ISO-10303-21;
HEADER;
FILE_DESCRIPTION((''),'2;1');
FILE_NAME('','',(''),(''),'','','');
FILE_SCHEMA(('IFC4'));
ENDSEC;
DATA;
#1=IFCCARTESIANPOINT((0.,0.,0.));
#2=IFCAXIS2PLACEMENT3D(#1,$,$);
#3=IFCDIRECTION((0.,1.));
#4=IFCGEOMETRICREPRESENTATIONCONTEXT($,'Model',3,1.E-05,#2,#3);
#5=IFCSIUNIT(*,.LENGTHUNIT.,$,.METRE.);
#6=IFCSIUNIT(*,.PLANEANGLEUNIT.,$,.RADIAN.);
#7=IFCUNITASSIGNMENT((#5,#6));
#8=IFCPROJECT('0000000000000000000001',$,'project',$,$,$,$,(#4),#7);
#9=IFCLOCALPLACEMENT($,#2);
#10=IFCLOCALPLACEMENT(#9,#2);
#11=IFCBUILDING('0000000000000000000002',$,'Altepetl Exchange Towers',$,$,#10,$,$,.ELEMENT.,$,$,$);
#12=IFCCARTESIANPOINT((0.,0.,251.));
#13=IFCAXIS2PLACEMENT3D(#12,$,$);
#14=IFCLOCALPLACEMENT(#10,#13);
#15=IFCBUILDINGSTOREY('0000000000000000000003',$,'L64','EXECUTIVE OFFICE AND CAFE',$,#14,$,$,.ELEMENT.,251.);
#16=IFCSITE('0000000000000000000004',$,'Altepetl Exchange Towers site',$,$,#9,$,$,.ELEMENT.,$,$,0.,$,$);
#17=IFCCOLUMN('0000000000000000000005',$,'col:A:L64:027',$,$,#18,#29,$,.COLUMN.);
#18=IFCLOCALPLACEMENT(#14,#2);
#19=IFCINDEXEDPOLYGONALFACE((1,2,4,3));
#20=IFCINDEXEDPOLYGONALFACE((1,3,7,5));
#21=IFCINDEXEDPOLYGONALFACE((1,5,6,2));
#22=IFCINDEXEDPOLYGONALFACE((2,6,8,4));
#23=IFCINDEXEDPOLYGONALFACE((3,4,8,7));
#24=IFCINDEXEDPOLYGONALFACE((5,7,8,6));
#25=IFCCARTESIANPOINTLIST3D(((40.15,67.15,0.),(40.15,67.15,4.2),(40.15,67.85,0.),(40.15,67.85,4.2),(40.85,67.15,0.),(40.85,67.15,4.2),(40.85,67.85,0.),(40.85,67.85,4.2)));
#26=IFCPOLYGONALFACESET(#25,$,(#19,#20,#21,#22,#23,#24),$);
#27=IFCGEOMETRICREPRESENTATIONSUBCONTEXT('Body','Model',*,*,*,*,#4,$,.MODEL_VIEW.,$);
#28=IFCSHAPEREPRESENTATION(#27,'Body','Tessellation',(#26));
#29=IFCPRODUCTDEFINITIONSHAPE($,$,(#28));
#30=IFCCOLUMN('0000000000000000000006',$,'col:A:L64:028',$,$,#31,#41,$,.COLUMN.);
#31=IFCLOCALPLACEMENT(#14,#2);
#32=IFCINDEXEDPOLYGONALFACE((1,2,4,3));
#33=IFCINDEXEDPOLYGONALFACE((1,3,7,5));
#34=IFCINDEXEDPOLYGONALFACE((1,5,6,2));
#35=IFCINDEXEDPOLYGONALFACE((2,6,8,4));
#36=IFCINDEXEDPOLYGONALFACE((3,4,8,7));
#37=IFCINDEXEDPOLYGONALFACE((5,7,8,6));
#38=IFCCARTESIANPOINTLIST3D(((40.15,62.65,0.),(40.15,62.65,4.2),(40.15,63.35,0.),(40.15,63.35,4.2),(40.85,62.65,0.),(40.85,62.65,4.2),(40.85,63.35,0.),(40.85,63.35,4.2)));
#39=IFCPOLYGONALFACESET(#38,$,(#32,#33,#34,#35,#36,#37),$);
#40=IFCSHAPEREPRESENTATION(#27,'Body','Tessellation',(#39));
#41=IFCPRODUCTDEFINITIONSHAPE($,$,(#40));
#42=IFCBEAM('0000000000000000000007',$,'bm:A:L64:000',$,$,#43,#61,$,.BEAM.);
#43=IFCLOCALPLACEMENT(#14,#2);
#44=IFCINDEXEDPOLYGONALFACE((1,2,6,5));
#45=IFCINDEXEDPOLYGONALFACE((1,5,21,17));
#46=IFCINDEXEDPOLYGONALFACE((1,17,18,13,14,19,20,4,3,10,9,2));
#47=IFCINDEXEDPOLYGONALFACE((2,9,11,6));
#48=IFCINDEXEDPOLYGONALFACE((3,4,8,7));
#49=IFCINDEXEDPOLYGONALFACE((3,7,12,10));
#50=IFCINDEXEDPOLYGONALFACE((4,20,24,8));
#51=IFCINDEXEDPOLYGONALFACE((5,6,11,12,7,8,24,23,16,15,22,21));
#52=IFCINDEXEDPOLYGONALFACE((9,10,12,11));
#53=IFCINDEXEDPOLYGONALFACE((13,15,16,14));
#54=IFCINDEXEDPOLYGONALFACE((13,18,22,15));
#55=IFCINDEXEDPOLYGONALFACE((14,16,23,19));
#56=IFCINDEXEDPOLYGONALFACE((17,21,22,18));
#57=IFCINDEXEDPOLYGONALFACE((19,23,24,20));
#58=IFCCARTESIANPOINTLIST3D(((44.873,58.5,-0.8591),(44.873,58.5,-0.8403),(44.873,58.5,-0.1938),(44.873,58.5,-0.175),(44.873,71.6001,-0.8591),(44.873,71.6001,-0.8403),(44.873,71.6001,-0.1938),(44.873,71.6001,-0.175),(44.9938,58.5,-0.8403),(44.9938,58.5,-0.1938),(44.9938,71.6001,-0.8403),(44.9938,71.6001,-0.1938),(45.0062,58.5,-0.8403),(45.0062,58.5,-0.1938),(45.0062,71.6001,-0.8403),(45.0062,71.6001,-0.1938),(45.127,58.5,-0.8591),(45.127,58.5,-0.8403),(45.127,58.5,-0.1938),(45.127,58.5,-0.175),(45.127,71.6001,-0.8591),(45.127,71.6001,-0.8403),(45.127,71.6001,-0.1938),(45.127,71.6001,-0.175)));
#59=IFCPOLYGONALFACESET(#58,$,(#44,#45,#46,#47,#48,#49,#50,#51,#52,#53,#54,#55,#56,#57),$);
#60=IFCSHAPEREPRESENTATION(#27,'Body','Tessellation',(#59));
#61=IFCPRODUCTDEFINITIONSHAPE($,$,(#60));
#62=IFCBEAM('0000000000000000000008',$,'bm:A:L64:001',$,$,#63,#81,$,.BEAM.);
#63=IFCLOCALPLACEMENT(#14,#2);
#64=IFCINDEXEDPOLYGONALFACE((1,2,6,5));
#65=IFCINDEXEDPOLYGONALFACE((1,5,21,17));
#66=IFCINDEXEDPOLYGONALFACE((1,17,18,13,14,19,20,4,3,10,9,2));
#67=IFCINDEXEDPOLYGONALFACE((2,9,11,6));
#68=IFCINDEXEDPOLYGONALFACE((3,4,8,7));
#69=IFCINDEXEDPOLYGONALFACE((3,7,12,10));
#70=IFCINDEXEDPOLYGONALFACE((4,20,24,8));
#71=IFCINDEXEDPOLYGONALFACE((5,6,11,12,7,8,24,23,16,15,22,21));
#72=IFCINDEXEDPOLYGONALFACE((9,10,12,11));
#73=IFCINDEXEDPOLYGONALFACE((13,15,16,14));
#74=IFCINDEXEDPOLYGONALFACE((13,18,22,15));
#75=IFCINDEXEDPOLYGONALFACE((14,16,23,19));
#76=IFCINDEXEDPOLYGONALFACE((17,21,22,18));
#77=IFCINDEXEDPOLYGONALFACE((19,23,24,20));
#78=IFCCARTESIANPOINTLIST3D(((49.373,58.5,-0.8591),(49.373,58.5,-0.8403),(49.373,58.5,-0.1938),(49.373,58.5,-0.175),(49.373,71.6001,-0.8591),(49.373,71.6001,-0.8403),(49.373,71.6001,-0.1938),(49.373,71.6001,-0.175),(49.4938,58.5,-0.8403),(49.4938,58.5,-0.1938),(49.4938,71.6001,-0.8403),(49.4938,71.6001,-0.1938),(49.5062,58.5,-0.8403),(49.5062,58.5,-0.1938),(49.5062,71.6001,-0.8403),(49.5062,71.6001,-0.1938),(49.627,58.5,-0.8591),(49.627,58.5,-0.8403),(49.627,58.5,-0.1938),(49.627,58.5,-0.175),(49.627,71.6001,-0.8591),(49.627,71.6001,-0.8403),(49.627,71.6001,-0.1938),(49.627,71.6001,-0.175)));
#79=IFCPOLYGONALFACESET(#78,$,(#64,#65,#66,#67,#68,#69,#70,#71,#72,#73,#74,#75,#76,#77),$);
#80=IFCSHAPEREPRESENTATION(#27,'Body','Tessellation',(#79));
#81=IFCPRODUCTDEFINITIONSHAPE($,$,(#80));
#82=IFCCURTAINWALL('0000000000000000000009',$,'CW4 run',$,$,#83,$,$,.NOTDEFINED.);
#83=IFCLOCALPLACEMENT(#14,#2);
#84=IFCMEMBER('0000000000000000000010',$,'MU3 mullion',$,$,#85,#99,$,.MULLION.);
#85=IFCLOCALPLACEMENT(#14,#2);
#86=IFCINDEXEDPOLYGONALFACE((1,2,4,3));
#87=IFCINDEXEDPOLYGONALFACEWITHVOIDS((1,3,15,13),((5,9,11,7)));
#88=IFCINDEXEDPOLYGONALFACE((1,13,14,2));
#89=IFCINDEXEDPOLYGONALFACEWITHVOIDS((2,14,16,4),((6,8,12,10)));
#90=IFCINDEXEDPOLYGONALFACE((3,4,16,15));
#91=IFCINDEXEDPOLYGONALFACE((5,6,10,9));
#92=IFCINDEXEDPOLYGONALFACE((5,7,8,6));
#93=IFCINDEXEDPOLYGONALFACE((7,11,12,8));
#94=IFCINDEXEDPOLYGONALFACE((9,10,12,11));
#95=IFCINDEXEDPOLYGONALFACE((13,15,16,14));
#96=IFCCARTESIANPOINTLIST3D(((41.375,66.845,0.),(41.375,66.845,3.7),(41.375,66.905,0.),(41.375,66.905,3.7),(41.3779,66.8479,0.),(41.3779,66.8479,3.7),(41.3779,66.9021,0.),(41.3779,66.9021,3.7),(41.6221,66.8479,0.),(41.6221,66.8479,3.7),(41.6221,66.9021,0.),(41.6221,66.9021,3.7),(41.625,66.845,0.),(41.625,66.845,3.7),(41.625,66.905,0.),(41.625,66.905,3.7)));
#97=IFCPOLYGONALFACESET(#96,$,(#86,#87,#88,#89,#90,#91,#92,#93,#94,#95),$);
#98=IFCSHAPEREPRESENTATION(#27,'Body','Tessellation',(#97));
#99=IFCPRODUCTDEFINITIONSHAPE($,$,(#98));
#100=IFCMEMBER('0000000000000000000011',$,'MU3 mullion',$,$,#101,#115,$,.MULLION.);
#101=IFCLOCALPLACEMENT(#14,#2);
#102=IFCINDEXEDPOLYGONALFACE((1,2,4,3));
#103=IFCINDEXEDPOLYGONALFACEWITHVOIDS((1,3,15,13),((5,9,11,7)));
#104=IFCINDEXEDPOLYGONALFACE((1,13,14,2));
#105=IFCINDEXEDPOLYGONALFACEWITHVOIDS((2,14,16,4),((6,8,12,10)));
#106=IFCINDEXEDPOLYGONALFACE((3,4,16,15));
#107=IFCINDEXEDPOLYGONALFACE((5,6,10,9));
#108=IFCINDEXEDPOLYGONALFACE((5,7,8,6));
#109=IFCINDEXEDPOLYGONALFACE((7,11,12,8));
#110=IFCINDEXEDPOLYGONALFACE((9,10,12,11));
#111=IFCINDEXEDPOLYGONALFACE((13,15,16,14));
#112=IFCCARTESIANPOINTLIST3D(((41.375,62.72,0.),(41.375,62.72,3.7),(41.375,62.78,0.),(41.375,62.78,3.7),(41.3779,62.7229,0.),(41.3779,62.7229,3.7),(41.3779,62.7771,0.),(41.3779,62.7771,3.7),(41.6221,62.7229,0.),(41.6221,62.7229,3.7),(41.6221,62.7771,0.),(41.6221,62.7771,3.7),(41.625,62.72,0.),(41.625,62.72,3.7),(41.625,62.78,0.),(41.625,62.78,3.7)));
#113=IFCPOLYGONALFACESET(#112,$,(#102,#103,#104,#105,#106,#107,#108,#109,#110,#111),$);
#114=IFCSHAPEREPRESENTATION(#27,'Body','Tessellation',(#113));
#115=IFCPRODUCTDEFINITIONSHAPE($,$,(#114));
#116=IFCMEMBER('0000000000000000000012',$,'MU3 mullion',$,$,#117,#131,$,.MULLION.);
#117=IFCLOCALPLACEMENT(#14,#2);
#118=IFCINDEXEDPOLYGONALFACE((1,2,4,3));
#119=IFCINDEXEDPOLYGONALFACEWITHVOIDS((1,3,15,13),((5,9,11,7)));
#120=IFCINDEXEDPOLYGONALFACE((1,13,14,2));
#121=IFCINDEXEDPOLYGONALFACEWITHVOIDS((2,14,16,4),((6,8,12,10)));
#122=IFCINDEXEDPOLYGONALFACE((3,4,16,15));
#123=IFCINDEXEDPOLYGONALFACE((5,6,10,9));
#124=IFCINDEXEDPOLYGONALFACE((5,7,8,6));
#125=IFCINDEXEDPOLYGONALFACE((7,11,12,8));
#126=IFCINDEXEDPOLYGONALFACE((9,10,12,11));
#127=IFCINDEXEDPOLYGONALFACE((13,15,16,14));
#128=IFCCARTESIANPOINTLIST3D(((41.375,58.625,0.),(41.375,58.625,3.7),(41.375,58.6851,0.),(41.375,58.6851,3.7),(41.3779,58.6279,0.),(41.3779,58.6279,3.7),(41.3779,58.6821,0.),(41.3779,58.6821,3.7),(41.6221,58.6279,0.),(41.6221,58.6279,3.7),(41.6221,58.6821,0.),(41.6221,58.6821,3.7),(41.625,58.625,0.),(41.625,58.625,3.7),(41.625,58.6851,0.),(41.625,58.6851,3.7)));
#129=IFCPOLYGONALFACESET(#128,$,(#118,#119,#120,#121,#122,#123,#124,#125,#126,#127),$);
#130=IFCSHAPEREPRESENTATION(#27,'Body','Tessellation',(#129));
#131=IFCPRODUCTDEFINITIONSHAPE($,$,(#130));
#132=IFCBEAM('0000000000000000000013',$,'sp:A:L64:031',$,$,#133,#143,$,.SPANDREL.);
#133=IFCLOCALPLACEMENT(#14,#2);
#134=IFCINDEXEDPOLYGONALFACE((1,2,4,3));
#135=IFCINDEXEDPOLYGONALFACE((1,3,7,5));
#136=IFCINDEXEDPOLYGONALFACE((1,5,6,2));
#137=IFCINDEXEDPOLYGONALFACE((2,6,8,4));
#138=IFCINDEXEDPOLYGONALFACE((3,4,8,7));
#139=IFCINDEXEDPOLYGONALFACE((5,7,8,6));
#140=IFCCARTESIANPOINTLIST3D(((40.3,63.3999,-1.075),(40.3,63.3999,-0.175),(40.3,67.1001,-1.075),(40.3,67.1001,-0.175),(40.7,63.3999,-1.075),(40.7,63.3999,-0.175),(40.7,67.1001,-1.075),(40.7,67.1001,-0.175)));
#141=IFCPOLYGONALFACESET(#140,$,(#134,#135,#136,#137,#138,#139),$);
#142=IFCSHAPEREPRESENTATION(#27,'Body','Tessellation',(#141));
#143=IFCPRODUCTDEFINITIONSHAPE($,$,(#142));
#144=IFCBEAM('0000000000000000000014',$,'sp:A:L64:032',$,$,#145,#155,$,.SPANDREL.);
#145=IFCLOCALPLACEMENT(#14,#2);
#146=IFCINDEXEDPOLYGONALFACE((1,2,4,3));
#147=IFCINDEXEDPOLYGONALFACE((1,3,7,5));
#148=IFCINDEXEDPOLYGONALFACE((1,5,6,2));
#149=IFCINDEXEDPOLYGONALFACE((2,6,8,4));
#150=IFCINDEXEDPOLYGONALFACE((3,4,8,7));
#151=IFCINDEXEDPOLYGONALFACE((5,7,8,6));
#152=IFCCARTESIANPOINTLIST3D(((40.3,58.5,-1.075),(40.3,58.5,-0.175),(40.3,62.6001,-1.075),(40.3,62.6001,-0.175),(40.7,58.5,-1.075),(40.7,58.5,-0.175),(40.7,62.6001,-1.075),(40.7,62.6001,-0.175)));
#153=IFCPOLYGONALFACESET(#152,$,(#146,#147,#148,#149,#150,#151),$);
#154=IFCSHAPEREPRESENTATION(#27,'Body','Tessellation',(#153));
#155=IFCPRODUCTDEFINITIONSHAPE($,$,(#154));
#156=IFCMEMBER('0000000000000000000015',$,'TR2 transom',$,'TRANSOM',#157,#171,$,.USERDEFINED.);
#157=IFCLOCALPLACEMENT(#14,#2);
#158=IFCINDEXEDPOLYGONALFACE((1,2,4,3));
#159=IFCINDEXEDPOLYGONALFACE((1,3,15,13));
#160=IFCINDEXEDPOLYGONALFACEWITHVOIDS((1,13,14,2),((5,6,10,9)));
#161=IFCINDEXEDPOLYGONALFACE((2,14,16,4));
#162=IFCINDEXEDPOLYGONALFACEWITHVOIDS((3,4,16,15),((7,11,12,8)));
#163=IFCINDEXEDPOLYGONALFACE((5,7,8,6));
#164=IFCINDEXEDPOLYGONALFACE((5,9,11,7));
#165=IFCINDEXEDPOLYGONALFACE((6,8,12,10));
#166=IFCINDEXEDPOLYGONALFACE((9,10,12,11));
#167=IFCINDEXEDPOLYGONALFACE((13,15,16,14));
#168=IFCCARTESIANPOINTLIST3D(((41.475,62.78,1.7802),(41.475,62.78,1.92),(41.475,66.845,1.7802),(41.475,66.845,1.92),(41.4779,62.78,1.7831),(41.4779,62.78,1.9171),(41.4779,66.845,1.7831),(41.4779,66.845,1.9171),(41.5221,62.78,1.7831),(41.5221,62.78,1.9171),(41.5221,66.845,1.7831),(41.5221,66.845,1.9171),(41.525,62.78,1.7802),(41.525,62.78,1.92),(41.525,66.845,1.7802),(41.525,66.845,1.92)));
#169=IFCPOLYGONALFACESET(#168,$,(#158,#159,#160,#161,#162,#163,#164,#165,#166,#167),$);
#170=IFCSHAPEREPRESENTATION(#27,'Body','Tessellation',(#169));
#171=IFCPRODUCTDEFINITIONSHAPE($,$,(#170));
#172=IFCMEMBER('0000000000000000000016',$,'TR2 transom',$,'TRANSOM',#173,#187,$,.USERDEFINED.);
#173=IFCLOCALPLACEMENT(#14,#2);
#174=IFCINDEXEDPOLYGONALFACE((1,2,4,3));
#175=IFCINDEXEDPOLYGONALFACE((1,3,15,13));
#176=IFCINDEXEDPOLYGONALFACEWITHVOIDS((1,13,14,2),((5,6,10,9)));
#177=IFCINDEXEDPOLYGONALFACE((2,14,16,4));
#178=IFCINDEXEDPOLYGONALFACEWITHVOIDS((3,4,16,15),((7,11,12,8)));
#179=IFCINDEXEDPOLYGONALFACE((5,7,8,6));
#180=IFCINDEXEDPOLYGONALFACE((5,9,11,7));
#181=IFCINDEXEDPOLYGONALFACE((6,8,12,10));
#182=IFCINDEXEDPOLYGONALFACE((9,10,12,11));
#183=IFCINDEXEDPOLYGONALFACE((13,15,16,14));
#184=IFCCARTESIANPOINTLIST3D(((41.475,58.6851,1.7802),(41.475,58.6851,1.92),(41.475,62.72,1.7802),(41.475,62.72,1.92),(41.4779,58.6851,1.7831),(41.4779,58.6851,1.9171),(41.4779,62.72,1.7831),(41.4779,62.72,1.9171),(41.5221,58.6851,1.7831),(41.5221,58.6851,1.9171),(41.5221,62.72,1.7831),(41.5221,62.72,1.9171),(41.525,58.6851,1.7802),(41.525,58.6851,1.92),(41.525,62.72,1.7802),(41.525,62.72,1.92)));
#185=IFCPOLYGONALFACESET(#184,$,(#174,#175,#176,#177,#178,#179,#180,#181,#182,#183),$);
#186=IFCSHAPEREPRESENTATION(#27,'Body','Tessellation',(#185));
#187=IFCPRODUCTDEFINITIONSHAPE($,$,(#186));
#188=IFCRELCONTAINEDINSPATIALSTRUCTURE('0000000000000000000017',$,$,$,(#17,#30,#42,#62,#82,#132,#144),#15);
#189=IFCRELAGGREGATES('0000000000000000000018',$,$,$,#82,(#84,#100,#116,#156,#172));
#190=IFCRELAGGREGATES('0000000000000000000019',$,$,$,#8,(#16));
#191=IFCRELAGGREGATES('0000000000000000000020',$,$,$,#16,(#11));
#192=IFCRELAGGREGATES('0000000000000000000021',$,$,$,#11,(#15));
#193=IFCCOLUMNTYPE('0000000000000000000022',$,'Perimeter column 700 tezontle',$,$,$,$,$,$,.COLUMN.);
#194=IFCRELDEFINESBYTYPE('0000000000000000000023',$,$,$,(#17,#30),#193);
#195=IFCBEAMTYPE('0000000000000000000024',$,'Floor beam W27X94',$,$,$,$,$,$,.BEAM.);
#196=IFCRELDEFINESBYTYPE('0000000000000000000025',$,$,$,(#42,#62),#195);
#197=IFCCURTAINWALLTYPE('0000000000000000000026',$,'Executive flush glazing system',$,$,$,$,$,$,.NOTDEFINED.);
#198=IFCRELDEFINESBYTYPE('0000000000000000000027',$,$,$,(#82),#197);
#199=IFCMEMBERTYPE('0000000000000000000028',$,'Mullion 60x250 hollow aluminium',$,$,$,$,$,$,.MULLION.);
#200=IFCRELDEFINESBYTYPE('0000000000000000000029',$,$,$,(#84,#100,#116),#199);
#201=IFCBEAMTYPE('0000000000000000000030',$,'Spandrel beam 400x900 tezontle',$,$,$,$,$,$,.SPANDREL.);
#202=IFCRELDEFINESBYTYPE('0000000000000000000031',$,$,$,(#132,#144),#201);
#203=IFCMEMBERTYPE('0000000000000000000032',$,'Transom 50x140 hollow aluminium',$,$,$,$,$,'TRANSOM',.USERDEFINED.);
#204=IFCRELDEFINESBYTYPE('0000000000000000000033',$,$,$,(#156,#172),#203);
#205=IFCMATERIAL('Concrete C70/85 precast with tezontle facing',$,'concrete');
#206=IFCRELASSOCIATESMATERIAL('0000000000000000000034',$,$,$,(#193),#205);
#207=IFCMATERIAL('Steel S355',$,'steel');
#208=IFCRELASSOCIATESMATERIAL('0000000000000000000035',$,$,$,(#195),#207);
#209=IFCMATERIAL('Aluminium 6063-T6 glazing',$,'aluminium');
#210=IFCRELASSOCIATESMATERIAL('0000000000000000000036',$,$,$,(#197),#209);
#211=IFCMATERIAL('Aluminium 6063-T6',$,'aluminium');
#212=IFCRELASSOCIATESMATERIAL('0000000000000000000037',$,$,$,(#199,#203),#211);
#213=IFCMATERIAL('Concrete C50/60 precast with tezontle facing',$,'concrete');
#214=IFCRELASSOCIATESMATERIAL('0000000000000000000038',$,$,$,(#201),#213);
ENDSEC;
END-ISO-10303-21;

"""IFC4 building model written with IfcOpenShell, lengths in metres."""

from ifc_helpers import new_model, si_unit, direction, frame, origin, origin_2d, place, context, subcontext, project, spatial, rectangle, hollow_rectangle, i_section, extrude, material, material_profile, profile_set, type_object, element, aggregate, save


model = new_model("IFC4")

# Units and contexts
model_context = context("Model", 3, precision=1e-05, world=origin(), true_north=direction((0.0, 1.0)))
body_context = subcontext(model_context, "Body", "Model", "MODEL_VIEW")
ifc_project = project(units=[si_unit("LENGTHUNIT", "METRE"), si_unit("PLANEANGLEUNIT", "RADIAN")], contexts=[model_context])

# Site, building, storey
site_placement = place(None, origin())
site = spatial("IfcSite", under=ifc_project, at=site_placement, Name="Altepetl Exchange Towers site", CompositionType="ELEMENT", RefElevation=0.0)
building_placement = place(site_placement, origin())
building = spatial("IfcBuilding", under=site, at=building_placement, Name="Altepetl Exchange Towers", CompositionType="ELEMENT")
storey_placement = place(building_placement, frame((0.0, 0.0, 251.0)))
storey = spatial("IfcBuildingStorey", under=building, at=storey_placement, Name="L64", Description="EXECUTIVE OFFICE AND CAFE", CompositionType="ELEMENT", Elevation=251.0)

# Columns
ifc_material_1 = material(Name="Concrete C70/85 precast with tezontle facing", Category="concrete")
ifc_material_profile_1 = material_profile(ifc_material_1, rectangle(XDim=0.7, YDim=0.7, at=origin_2d()), Name="700 x 700")
ifc_profile_set_1 = profile_set([ifc_material_profile_1], Name="Concrete C70/85 precast with tezontle facing")
column_type = type_object("IfcColumnType", Name="Perimeter column 700 tezontle", PredefinedType="COLUMN", material=ifc_profile_set_1)
for number, where, name in (
    (1, (40.5, 67.5, 0.0), "col:A:L64:027"),
    (2, (40.5, 63.0, 0.0), "col:A:L64:028"),
):
    element("IfcColumn", number, at=place(storey_placement, frame(where)), inside=storey, type_object=column_type, Name=name, PredefinedType="COLUMN", context=body_context, shape_type="SweptSolid", body=[
        extrude(rectangle(XDim=0.7, YDim=0.7, at=origin_2d()), origin(), (0.0, 0.0, 1.0), 4.2),
    ])

# Beams
ifc_material_2 = material(Name="Steel S355", Category="steel")
ifc_material_profile_2 = material_profile(ifc_material_2, i_section(OverallWidth=0.2539, OverallDepth=0.6841, WebThickness=0.0125, FlangeThickness=0.0188, at=origin_2d()), Name="W27X94")
ifc_profile_set_2 = profile_set([ifc_material_profile_2], Name="Steel S355")
beam_type_1 = type_object("IfcBeamType", Name="Floor beam W27X94", PredefinedType="BEAM", material=ifc_profile_set_2)
for number, where, z_axis, x_axis, name in (
    (3, (45.0, 58.5, -0.5171), (0.0, 1.0, 0.0), (-1.0, 0.0, 0.0), "bm:A:L64:000"),
    (4, (49.5, 58.5, -0.5171), (0.0, 1.0, 0.0), (-1.0, 0.0, 0.0), "bm:A:L64:001"),
):
    element("IfcBeam", number, at=place(storey_placement, frame(where, z_axis=z_axis, x_axis=x_axis)), inside=storey, type_object=beam_type_1, Name=name, PredefinedType="BEAM", context=body_context, shape_type="SweptSolid", body=[
        extrude(i_section(OverallWidth=0.2539, OverallDepth=0.6841, WebThickness=0.0125, FlangeThickness=0.0188, at=origin_2d()), origin(), (0.0, 0.0, 1.0), 13.1001),
    ])

# Curtain wall, members
ifc_material_3 = material(Name="Aluminium 6063-T6 glazing", Category="aluminium")
curtain_wall_type = type_object("IfcCurtainWallType", Name="Executive flush glazing system", PredefinedType="NOTDEFINED", material=ifc_material_3)
curtain_wall_placement = place(storey_placement, origin())
curtain_wall = element("IfcCurtainWall", 5, at=curtain_wall_placement, inside=storey, type_object=curtain_wall_type, Name="CW4 run", PredefinedType="NOTDEFINED")
ifc_material_4 = material(Name="Aluminium 6063-T6", Category="aluminium")
ifc_material_profile_3 = material_profile(ifc_material_4, hollow_rectangle(XDim=0.0601, YDim=0.25, WallThickness=0.0029, at=origin_2d()), Name="Mullion 60x250 hollow aluminium")
ifc_profile_set_3 = profile_set([ifc_material_profile_3], Name="Aluminium 6063-T6")
member_type_1 = type_object("IfcMemberType", Name="Mullion 60x250 hollow aluminium", PredefinedType="MULLION", material=ifc_profile_set_3)
member_1_placement = place(storey_placement, frame((41.5, 66.875, 0.0), z_axis=(0.0, 0.0, 1.0), x_axis=(0.0, -1.0, 0.0)))
member_1 = element("IfcMember", 6, at=member_1_placement, type_object=member_type_1, Name="MU3 mullion", PredefinedType="MULLION", context=body_context, shape_type="SweptSolid", body=[
    extrude(hollow_rectangle(XDim=0.0601, YDim=0.25, WallThickness=0.0029, at=origin_2d()), origin(), (0.0, 0.0, 1.0), 3.7),
])
member_2_placement = place(storey_placement, frame((41.5, 62.75, 0.0), z_axis=(0.0, 0.0, 1.0), x_axis=(0.0, -1.0, 0.0)))
member_2 = element("IfcMember", 7, at=member_2_placement, type_object=member_type_1, Name="MU3 mullion", PredefinedType="MULLION", context=body_context, shape_type="SweptSolid", body=[
    extrude(hollow_rectangle(XDim=0.0601, YDim=0.25, WallThickness=0.0029, at=origin_2d()), origin(), (0.0, 0.0, 1.0), 3.7),
])
member_3_placement = place(storey_placement, frame((41.5, 58.655, 0.0), z_axis=(0.0, 0.0, 1.0), x_axis=(0.0, -1.0, 0.0)))
member_3 = element("IfcMember", 8, at=member_3_placement, type_object=member_type_1, Name="MU3 mullion", PredefinedType="MULLION", context=body_context, shape_type="SweptSolid", body=[
    extrude(hollow_rectangle(XDim=0.0601, YDim=0.25, WallThickness=0.0029, at=origin_2d()), origin(), (0.0, 0.0, 1.0), 3.7),
])

# Beams
ifc_material_5 = material(Name="Concrete C50/60 precast with tezontle facing", Category="concrete")
ifc_material_profile_4 = material_profile(ifc_material_5, rectangle(XDim=0.3999, YDim=0.8999, at=origin_2d()), Name="400 x 900")
ifc_profile_set_4 = profile_set([ifc_material_profile_4], Name="Concrete C50/60 precast with tezontle facing")
beam_type_2 = type_object("IfcBeamType", Name="Spandrel beam 400x900 tezontle", PredefinedType="SPANDREL", material=ifc_profile_set_4)
beam_1_placement = place(storey_placement, frame((40.5, 67.1001, -0.625), z_axis=(0.0, -1.0, 0.0), x_axis=(1.0, 0.0, 0.0)))
element("IfcBeam", 9, at=beam_1_placement, inside=storey, type_object=beam_type_2, Name="sp:A:L64:031", PredefinedType="SPANDREL", context=body_context, shape_type="SweptSolid", body=[
    extrude(rectangle(XDim=0.3999, YDim=0.8999, at=origin_2d()), origin(), (0.0, 0.0, 1.0), 3.7002),
])
beam_2_placement = place(storey_placement, frame((40.5, 62.6001, -0.625), z_axis=(0.0, -1.0, 0.0), x_axis=(1.0, 0.0, 0.0)))
element("IfcBeam", 10, at=beam_2_placement, inside=storey, type_object=beam_type_2, Name="sp:A:L64:032", PredefinedType="SPANDREL", context=body_context, shape_type="SweptSolid", body=[
    extrude(rectangle(XDim=0.3999, YDim=0.8999, at=origin_2d()), origin(), (0.0, 0.0, 1.0), 4.1001),
])

# Members
ifc_material_profile_5 = material_profile(ifc_material_4, hollow_rectangle(XDim=0.05, YDim=0.1399, WallThickness=0.0029, at=origin_2d()), Name="Transom 50x140 hollow aluminium")
ifc_profile_set_5 = profile_set([ifc_material_profile_5], Name="Aluminium 6063-T6")
member_type_2 = type_object("IfcMemberType", Name="Transom 50x140 hollow aluminium", ElementType="TRANSOM", PredefinedType="USERDEFINED", material=ifc_profile_set_5)
member_4_placement = place(storey_placement, frame((41.5, 66.845, 1.8501), z_axis=(0.0, -1.0, 0.0), x_axis=(1.0, 0.0, 0.0)))
member_4 = element("IfcMember", 11, at=member_4_placement, type_object=member_type_2, Name="TR2 transom", ObjectType="TRANSOM", PredefinedType="USERDEFINED", context=body_context, shape_type="SweptSolid", body=[
    extrude(hollow_rectangle(XDim=0.05, YDim=0.1399, WallThickness=0.0029, at=origin_2d()), origin(), (0.0, 0.0, 1.0), 4.0649),
])
member_5_placement = place(storey_placement, frame((41.5, 62.72, 1.8501), z_axis=(0.0, -1.0, 0.0), x_axis=(1.0, 0.0, 0.0)))
member_5 = element("IfcMember", 12, at=member_5_placement, type_object=member_type_2, Name="TR2 transom", ObjectType="TRANSOM", PredefinedType="USERDEFINED", context=body_context, shape_type="SweptSolid", body=[
    extrude(hollow_rectangle(XDim=0.05, YDim=0.1399, WallThickness=0.0029, at=origin_2d()), origin(), (0.0, 0.0, 1.0), 4.0349),
])

aggregate(curtain_wall, [member_1, member_2, member_3, member_4, member_5])

save(model, "model.ifc")
